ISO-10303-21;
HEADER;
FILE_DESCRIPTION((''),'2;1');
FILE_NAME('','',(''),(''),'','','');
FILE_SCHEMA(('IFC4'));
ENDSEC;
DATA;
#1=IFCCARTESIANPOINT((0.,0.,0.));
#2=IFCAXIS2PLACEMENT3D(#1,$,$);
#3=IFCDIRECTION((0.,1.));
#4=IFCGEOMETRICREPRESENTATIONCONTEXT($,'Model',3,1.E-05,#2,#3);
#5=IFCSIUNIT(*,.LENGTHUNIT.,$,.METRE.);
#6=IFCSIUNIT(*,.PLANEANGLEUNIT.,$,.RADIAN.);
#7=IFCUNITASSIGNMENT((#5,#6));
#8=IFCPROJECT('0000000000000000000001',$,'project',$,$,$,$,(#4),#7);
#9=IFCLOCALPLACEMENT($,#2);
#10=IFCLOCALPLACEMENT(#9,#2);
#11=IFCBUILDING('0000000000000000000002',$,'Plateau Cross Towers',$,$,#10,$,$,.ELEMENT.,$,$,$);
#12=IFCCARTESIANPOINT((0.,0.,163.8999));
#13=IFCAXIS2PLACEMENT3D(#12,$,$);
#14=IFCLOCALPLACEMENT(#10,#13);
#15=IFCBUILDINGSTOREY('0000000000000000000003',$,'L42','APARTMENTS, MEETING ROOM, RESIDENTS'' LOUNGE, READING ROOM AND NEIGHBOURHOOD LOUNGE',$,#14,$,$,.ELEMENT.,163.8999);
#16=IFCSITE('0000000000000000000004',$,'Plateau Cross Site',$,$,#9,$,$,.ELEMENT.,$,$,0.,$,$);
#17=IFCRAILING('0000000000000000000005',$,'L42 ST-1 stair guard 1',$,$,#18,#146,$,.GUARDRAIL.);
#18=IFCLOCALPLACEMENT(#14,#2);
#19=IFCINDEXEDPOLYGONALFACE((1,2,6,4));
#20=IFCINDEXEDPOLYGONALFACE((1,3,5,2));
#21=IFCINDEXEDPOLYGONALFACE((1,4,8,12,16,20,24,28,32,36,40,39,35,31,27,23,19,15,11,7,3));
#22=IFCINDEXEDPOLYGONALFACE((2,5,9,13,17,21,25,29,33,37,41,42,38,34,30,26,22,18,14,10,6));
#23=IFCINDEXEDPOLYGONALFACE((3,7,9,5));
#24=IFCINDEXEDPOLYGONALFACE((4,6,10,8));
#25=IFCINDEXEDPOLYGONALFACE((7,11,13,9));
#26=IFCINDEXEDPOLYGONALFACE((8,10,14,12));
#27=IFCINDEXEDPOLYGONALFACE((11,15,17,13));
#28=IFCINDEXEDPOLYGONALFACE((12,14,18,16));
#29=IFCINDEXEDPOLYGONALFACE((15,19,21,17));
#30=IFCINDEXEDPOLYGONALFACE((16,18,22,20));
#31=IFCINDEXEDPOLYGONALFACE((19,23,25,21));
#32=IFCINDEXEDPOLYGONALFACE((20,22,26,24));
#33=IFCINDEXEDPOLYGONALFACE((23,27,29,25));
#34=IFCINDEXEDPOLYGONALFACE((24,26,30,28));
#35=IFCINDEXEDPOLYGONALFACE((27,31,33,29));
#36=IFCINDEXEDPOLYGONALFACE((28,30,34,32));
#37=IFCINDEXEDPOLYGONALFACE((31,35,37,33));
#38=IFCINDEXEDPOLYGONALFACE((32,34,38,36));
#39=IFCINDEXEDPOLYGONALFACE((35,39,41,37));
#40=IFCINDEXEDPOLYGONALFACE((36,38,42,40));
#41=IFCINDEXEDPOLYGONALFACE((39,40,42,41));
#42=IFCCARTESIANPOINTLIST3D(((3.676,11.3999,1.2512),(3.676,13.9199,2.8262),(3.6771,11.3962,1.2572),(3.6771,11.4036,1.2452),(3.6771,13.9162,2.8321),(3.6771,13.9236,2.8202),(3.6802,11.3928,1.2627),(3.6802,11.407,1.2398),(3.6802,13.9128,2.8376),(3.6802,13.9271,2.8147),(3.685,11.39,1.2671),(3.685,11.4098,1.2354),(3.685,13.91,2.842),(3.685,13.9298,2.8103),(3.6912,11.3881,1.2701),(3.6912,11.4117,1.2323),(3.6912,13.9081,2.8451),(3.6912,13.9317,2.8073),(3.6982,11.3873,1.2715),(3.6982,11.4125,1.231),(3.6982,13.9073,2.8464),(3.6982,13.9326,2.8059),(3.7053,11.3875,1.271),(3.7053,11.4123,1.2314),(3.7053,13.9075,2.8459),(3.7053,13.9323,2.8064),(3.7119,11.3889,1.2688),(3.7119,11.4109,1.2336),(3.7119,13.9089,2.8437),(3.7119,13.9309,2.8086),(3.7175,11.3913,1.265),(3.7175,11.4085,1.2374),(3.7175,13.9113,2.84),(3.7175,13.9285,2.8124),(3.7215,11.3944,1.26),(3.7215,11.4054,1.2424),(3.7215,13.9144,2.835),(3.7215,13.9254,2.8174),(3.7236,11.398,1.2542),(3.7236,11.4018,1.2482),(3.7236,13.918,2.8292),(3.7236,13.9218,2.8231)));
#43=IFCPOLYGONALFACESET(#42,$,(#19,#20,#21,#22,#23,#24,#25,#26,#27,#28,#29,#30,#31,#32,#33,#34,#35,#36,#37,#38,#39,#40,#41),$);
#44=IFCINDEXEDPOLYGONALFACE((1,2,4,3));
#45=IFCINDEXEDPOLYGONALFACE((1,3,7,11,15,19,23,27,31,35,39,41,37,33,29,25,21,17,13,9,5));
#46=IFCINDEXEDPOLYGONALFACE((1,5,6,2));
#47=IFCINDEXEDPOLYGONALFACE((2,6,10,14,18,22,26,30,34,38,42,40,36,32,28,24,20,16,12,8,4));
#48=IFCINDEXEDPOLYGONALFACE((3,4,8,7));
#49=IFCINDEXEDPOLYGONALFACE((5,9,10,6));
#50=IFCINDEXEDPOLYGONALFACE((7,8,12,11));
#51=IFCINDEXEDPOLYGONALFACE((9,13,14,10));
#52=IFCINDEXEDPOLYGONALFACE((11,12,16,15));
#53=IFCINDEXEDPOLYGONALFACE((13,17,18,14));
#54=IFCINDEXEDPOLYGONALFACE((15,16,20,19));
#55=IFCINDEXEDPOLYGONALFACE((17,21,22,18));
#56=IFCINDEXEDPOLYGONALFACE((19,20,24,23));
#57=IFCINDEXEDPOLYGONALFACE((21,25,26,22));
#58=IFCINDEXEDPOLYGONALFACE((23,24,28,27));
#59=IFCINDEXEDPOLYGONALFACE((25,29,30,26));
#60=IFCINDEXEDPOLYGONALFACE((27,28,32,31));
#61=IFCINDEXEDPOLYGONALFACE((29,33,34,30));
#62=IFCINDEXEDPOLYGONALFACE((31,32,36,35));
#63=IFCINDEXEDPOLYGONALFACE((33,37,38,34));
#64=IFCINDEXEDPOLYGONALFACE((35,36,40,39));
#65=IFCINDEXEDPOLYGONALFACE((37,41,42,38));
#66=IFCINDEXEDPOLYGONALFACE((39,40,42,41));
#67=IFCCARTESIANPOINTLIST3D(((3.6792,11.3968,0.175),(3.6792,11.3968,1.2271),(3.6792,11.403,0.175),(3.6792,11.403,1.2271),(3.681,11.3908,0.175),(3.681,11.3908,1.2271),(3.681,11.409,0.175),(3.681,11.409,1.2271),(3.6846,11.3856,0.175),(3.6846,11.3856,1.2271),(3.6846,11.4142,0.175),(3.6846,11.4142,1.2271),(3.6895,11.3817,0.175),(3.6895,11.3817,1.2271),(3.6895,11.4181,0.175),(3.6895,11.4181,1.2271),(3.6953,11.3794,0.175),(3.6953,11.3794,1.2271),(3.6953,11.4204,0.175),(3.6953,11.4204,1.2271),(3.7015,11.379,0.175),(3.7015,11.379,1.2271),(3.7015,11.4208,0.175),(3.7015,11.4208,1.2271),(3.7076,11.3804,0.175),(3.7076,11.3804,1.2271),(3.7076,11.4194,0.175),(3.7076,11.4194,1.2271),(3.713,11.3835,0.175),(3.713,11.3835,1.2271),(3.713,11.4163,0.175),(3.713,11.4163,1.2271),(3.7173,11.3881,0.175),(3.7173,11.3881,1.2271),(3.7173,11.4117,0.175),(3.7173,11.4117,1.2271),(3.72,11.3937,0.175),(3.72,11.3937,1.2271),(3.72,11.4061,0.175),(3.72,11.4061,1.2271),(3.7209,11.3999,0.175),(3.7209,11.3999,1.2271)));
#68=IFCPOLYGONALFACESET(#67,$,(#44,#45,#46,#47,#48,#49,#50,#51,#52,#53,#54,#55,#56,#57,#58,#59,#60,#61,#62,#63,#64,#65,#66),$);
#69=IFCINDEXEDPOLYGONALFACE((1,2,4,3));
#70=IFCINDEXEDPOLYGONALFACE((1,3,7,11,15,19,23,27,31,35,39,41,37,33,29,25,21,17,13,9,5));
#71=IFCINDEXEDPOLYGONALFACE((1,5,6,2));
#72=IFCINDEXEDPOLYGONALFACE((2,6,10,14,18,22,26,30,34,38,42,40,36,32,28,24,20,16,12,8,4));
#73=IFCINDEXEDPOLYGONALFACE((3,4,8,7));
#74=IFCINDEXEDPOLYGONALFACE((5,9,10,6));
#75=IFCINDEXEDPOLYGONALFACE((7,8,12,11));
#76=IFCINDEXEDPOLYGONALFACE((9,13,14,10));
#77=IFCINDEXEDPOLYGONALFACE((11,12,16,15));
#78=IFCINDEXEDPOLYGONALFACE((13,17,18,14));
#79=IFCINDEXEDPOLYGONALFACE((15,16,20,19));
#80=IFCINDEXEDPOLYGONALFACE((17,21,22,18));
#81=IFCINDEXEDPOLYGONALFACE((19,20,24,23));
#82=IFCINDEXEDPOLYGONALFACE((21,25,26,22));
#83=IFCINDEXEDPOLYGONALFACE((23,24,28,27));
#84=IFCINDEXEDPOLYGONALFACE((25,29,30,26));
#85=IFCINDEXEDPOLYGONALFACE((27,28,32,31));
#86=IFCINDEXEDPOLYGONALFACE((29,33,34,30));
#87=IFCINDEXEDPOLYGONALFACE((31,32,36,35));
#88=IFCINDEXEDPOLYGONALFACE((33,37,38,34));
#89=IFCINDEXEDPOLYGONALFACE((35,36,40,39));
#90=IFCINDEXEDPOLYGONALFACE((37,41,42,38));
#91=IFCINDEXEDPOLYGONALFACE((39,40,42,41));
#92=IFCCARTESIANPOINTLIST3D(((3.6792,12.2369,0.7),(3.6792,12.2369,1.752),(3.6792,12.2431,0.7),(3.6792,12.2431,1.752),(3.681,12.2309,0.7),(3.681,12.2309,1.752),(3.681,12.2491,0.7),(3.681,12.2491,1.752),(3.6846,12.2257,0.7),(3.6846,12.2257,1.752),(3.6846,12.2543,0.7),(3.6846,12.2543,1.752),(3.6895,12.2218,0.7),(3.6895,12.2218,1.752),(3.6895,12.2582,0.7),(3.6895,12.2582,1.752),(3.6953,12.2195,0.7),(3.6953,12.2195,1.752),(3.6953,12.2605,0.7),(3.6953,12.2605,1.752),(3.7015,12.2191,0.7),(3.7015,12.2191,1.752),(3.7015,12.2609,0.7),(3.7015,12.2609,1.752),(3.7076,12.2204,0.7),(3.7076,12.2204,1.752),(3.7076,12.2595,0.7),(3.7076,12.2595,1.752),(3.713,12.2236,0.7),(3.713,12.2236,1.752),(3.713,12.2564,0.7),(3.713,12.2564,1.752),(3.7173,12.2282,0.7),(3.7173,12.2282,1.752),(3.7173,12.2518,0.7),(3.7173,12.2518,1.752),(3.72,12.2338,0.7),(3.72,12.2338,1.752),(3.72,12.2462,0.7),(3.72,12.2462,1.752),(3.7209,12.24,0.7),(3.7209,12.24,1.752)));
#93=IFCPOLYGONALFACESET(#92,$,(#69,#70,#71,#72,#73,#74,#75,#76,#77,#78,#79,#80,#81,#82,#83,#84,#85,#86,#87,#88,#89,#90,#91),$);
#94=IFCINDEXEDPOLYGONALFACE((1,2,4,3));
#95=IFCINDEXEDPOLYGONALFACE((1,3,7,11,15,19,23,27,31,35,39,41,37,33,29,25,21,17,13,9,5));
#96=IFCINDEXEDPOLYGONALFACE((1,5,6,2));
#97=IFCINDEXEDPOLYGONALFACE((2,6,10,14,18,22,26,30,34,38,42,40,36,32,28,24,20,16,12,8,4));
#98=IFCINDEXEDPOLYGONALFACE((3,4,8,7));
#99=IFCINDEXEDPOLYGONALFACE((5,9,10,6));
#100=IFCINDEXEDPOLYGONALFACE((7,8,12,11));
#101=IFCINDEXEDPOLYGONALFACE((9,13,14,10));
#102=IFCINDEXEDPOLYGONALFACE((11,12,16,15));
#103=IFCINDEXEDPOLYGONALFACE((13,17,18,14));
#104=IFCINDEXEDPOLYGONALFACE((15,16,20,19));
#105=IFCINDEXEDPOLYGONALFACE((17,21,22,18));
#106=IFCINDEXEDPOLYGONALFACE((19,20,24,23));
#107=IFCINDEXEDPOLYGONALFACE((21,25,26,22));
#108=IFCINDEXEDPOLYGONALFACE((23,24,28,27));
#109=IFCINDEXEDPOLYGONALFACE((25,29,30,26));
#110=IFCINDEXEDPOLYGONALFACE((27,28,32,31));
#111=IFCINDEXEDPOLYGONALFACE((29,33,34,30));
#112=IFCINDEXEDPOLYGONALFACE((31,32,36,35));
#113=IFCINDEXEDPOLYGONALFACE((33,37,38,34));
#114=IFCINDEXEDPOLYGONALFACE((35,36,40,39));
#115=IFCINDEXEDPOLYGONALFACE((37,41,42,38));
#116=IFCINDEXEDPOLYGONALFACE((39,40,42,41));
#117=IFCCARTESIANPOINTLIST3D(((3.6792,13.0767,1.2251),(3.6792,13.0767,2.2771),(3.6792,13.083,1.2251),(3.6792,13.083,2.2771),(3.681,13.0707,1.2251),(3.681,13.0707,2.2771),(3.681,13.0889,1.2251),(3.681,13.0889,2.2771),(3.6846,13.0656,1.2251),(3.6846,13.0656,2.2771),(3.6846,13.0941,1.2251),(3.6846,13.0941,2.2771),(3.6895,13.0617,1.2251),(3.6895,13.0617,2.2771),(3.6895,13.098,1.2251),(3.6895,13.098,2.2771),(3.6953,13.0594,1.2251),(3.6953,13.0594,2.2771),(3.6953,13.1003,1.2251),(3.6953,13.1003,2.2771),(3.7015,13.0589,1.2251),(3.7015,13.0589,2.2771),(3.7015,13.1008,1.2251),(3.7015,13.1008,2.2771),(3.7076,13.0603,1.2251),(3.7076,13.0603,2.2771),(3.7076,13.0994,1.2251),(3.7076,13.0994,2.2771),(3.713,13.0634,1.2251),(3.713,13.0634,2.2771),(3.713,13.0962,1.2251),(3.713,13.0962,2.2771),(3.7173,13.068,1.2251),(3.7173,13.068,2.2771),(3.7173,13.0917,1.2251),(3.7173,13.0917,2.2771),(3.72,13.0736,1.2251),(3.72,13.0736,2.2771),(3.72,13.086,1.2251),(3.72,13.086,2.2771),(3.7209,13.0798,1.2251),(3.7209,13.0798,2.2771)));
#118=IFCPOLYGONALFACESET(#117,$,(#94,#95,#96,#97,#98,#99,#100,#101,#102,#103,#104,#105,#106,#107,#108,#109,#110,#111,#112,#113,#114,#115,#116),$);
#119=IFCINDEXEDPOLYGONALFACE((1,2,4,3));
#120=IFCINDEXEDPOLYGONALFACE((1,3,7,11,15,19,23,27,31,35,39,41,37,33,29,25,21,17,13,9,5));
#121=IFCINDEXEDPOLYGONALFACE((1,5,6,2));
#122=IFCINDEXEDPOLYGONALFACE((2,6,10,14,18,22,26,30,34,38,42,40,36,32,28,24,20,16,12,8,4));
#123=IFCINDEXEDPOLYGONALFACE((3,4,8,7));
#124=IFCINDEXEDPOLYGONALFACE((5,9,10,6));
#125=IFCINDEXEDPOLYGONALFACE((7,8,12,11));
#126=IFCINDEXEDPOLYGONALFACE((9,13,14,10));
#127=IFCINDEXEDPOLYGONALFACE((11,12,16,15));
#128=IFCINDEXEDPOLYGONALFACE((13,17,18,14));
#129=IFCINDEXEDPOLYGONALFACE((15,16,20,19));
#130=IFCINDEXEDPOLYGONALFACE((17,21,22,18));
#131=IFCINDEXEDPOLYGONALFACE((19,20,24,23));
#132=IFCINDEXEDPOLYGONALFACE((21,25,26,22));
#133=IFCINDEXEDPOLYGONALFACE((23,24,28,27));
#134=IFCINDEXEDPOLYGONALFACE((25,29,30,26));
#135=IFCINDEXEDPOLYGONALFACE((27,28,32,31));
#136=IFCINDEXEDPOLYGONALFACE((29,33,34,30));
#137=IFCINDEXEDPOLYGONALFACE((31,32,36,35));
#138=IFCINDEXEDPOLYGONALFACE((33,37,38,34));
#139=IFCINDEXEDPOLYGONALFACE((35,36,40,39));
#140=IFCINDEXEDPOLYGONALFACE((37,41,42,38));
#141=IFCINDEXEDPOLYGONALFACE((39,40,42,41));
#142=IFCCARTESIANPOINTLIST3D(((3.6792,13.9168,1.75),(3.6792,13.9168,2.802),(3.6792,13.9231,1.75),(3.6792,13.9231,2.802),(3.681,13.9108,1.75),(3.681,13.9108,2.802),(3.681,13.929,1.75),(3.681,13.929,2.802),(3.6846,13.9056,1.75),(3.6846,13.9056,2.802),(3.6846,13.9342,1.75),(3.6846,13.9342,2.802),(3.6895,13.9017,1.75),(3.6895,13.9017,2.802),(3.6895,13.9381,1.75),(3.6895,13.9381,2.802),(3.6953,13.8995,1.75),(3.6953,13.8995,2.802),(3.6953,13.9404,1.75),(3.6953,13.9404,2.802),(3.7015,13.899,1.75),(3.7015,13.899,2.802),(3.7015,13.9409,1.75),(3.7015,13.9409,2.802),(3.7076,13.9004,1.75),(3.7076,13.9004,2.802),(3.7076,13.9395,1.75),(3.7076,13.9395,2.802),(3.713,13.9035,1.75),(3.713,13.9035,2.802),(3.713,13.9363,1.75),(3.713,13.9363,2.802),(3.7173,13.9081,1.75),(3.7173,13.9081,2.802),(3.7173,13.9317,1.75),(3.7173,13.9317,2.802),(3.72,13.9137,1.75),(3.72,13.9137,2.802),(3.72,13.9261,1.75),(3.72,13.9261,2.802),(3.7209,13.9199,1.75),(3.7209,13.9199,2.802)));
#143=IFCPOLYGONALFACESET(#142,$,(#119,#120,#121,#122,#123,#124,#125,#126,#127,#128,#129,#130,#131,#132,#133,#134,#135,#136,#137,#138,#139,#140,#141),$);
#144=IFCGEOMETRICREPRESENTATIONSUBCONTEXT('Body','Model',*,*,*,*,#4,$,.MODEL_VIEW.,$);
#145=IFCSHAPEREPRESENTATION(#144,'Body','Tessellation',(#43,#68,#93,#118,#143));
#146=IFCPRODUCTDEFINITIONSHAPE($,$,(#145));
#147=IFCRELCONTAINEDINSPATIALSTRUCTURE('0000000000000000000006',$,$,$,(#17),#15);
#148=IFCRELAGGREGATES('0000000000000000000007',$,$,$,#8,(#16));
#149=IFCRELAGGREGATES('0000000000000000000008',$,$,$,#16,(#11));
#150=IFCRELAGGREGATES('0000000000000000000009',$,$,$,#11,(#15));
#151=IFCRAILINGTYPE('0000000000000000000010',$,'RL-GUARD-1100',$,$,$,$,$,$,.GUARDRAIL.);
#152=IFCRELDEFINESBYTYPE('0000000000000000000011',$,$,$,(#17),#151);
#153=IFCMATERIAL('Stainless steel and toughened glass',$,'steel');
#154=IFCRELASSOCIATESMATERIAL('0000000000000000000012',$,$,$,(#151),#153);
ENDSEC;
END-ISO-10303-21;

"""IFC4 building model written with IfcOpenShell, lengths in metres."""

from ifc_helpers import new_model, si_unit, direction, frame, origin, origin_2d, place, context, subcontext, project, spatial, circle, extrude, material, type_object, element, save


model = new_model("IFC4")

# Units and contexts
model_context = context("Model", 3, precision=1e-05, world=origin(), true_north=direction((0.0, 1.0)))
body_context = subcontext(model_context, "Body", "Model", "MODEL_VIEW")
ifc_project = project(units=[si_unit("LENGTHUNIT", "METRE"), si_unit("PLANEANGLEUNIT", "RADIAN")], contexts=[model_context])

# Site, building, storey
site_placement = place(None, origin())
site = spatial("IfcSite", under=ifc_project, at=site_placement, Name="Plateau Cross Site", CompositionType="ELEMENT", RefElevation=0.0)
building_placement = place(site_placement, origin())
building = spatial("IfcBuilding", under=site, at=building_placement, Name="Plateau Cross Towers", CompositionType="ELEMENT")
storey_placement = place(building_placement, frame((0.0, 0.0, 163.8999)))
storey = spatial("IfcBuildingStorey", under=building, at=storey_placement, Name="L42", Description="APARTMENTS, MEETING ROOM, RESIDENTS' LOUNGE, READING ROOM AND NEIGHBOURHOOD LOUNGE", CompositionType="ELEMENT", Elevation=163.8999)

# Railing
ifc_material_1 = material(Name="Stainless steel and toughened glass", Category="steel")
railing_type_1 = type_object("IfcRailingType", Name="RL-GUARD-1100", PredefinedType="GUARDRAIL", material=ifc_material_1)
railing_1_placement = place(storey_placement, frame((3.7, 11.3999, 0.175)))
element("IfcRailing", 1, at=railing_1_placement, inside=storey, type_object=railing_type_1, Name="L42 ST-1 stair guard 1", PredefinedType="GUARDRAIL", context=body_context, shape_type="SweptSolid", body=[
    extrude(circle(Radius=0.0239, at=origin_2d()), frame((0.0, 0.0, 1.0762), z_axis=(0.0, 0.848008, 0.529984), x_axis=(-1.0, 0.0, 0.0)), (0.0, 0.0, 1.0), 2.9717),
    extrude(circle(Radius=0.021, at=origin_2d()), origin(), (0.0, 0.0, 1.0), 1.052),
    extrude(circle(Radius=0.021, at=origin_2d()), frame((0.0, 0.8401, 0.5249)), (0.0, 0.0, 1.0), 1.052),
    extrude(circle(Radius=0.021, at=origin_2d()), frame((0.0, 1.6799, 1.05)), (0.0, 0.0, 1.0), 1.052),
    extrude(circle(Radius=0.021, at=origin_2d()), frame((0.0, 2.52, 1.575)), (0.0, 0.0, 1.0), 1.052),
])

save(model, "model.ifc")
